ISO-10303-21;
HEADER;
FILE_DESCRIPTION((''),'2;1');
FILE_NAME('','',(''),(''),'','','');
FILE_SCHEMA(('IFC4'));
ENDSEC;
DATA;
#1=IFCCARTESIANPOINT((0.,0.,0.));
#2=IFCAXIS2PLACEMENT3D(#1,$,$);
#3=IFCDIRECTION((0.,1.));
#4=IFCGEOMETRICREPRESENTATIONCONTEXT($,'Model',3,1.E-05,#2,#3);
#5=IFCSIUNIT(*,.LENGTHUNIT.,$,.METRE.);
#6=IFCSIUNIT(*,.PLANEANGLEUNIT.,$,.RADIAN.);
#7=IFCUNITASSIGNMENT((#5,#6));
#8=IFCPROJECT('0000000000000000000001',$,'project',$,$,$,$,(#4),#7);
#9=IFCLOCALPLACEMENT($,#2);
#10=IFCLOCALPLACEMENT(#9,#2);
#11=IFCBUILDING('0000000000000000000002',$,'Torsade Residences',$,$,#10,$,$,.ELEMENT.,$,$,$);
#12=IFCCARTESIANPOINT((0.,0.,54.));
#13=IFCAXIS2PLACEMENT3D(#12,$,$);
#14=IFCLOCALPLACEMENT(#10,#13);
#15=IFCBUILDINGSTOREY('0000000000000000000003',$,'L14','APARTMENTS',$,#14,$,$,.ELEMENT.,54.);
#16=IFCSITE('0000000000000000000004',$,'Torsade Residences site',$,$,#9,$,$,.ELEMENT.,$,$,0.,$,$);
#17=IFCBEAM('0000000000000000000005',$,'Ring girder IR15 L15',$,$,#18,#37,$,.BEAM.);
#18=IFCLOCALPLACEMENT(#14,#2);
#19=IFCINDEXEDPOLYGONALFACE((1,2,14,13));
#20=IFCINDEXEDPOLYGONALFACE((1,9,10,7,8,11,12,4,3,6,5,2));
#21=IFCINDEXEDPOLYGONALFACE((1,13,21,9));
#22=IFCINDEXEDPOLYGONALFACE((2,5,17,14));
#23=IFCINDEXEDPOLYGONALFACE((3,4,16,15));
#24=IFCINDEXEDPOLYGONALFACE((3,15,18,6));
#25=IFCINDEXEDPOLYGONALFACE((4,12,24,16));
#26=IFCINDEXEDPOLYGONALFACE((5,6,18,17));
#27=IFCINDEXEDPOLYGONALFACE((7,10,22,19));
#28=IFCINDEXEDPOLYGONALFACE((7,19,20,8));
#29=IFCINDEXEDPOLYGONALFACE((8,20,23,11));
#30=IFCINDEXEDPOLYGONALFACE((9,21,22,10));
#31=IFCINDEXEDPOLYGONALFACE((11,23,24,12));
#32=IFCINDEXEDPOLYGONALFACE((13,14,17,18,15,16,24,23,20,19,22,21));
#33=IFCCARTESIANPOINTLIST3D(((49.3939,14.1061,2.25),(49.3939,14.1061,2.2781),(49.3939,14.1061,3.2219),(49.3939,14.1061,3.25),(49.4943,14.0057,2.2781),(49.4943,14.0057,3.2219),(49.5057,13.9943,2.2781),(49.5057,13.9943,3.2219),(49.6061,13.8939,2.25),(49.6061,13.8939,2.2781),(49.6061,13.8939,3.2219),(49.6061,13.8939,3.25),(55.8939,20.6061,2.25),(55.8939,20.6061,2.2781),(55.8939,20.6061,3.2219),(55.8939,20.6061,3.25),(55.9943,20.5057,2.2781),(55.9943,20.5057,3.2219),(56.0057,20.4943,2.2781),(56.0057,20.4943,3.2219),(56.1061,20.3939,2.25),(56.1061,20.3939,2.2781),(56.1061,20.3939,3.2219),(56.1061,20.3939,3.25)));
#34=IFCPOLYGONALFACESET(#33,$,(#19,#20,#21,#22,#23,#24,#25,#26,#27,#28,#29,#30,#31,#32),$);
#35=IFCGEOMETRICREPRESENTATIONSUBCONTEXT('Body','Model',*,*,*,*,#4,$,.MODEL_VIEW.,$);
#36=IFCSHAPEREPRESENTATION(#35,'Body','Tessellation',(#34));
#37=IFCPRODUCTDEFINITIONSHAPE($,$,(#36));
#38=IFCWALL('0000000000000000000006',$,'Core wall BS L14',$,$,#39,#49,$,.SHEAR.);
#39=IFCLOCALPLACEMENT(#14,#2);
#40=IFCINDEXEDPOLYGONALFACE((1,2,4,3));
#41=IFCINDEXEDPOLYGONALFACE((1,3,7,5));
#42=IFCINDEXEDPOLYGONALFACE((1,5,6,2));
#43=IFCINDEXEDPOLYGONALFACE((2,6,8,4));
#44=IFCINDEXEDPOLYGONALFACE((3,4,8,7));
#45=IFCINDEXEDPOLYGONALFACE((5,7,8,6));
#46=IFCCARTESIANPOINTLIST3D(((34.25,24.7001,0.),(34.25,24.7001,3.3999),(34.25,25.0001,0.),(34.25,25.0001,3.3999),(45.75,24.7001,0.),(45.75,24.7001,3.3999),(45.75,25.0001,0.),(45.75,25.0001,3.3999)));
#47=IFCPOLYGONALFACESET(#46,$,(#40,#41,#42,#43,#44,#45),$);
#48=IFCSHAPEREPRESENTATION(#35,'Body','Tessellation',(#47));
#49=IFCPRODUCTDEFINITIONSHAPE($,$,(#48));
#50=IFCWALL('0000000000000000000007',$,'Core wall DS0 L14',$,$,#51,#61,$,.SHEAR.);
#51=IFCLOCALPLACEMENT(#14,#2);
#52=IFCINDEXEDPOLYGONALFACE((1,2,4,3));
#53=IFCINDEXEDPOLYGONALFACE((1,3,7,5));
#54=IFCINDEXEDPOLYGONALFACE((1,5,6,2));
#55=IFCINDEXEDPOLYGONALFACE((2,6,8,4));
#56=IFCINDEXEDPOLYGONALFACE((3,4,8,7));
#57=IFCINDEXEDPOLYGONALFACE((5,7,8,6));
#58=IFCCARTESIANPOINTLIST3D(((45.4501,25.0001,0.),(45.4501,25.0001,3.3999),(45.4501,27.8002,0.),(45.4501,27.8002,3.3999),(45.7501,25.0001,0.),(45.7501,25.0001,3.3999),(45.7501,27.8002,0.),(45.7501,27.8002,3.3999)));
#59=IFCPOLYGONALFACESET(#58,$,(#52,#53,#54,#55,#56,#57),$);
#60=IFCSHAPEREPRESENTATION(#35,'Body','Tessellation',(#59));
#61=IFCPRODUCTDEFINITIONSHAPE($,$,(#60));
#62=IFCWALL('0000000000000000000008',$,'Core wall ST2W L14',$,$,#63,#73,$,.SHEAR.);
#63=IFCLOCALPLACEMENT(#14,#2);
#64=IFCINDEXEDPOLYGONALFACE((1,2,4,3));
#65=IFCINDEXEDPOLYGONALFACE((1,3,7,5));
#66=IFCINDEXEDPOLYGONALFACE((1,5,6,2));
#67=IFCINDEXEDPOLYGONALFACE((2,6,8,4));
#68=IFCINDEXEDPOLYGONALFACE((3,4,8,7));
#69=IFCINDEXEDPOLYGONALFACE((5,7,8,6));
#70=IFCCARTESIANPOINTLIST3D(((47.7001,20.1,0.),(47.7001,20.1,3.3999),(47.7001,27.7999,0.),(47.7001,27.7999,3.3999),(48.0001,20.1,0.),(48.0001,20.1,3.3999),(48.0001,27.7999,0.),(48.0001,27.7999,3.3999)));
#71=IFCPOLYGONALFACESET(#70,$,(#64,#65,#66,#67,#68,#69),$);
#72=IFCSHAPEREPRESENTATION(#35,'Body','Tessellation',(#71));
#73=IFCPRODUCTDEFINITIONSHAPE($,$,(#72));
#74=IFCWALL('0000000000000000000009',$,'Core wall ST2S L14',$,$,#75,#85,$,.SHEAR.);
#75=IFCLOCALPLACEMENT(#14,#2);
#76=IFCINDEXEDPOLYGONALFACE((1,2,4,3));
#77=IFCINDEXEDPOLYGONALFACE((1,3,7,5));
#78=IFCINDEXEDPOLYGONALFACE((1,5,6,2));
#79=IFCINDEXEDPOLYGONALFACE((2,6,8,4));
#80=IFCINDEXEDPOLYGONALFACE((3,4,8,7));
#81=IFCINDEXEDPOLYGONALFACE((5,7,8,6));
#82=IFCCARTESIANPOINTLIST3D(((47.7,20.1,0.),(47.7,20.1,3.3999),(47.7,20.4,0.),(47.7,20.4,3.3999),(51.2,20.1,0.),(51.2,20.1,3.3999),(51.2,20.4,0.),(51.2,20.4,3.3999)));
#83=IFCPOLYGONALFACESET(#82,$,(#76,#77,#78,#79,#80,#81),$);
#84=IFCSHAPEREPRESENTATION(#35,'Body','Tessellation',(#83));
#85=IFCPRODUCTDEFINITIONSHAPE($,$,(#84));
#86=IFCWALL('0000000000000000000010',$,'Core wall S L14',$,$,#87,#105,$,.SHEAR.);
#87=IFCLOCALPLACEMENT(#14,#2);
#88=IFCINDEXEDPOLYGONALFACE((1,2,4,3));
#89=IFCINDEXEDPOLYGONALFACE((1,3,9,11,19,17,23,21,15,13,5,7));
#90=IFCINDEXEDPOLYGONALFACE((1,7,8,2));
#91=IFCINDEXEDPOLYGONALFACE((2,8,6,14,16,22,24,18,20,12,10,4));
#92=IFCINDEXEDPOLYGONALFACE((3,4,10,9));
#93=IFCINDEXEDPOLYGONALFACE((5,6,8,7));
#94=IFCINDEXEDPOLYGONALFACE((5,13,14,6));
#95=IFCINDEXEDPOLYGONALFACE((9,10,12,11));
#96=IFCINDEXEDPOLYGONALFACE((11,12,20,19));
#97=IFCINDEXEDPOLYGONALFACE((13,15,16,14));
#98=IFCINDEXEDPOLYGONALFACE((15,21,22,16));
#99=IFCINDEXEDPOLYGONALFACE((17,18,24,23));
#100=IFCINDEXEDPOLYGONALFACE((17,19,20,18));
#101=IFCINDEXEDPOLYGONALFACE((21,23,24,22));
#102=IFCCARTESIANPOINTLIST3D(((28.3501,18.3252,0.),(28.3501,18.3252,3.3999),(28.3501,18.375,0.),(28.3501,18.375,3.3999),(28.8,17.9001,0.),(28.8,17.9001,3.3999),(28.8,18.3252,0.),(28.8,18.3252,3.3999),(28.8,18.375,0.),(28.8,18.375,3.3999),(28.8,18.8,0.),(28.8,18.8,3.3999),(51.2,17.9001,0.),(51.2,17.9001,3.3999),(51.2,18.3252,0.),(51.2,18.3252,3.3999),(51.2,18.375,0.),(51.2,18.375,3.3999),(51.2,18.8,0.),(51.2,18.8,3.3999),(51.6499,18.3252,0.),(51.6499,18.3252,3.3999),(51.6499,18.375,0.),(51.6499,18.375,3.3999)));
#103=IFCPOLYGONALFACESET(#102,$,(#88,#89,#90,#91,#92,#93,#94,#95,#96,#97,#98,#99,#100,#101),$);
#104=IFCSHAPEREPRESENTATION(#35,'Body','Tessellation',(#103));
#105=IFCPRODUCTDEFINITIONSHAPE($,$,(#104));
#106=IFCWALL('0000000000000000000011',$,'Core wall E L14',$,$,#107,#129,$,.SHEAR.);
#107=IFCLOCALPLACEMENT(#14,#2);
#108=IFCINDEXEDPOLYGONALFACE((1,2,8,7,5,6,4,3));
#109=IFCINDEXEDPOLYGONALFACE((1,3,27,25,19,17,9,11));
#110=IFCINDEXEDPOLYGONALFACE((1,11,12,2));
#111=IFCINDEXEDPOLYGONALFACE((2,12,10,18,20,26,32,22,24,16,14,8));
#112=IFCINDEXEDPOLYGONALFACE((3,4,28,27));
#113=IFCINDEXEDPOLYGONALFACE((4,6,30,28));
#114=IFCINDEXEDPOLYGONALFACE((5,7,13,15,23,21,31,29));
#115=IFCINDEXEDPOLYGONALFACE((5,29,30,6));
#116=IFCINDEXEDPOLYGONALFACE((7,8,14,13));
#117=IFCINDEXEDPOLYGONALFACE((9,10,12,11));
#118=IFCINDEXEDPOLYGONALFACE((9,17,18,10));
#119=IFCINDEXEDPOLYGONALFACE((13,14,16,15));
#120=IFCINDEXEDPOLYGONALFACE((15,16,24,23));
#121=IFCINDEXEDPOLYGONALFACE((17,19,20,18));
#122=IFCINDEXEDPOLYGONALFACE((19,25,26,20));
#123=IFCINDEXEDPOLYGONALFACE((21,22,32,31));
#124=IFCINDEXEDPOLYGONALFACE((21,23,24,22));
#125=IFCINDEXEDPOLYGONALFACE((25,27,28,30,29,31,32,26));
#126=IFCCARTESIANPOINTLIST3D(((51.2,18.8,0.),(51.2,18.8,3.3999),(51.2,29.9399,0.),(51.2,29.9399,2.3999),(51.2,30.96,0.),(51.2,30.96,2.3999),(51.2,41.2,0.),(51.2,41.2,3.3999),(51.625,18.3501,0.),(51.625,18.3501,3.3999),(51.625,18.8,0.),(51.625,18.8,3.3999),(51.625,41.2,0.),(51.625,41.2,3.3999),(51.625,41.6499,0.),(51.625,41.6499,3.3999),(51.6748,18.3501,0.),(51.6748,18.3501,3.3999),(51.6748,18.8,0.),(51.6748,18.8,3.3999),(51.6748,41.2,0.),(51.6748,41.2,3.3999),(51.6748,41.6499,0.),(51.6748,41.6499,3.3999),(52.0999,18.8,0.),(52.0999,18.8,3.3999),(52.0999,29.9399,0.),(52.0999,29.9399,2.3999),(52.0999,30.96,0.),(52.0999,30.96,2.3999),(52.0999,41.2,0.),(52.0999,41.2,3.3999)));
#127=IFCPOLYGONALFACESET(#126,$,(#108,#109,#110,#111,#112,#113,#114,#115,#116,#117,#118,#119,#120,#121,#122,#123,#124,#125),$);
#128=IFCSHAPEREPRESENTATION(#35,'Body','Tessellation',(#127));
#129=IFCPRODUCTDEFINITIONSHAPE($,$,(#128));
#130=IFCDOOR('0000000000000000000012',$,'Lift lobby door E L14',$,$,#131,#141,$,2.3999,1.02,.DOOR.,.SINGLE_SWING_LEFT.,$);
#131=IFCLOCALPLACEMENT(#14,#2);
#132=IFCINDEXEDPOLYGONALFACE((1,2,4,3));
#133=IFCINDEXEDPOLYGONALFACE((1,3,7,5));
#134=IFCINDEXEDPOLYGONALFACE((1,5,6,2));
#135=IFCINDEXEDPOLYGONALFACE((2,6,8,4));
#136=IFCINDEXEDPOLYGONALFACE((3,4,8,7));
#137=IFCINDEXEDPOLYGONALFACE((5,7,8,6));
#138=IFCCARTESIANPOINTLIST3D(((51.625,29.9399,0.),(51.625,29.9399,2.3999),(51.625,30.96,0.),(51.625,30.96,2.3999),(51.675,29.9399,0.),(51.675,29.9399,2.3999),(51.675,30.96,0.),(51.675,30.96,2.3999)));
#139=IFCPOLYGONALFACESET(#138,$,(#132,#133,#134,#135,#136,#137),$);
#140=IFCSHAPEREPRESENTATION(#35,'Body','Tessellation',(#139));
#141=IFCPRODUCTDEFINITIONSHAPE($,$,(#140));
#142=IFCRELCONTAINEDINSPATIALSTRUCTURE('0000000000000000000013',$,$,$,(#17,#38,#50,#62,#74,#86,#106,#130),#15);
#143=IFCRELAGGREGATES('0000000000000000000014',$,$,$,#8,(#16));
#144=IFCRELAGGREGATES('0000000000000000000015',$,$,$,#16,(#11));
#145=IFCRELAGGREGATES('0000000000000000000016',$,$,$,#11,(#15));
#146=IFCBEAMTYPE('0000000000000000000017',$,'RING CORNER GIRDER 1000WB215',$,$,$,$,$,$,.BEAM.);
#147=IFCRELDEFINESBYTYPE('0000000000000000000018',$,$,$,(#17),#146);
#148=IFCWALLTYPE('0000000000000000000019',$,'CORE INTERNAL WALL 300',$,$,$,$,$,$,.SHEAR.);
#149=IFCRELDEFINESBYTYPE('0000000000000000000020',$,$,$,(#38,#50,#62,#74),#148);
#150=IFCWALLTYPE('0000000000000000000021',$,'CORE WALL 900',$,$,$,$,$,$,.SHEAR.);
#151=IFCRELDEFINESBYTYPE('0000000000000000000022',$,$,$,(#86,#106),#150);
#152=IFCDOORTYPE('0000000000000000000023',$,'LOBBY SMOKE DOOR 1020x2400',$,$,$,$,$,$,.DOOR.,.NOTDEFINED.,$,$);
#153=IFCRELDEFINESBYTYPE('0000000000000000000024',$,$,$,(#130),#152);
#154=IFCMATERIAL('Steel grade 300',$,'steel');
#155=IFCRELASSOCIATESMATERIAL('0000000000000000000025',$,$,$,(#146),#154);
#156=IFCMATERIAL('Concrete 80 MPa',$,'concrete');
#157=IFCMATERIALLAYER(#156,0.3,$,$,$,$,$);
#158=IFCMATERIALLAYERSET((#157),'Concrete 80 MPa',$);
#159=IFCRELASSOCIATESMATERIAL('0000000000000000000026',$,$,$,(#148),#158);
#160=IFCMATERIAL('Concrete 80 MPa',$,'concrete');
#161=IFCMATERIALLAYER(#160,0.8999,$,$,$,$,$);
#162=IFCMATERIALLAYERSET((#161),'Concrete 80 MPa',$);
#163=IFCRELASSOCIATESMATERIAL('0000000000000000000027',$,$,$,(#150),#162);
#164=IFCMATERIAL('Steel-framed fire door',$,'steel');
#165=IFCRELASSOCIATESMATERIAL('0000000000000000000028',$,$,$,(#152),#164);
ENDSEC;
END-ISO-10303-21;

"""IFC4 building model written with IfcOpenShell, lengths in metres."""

from ifc_helpers import new_model, si_unit, direction, frame, frame_2d, origin, origin_2d, place, context, subcontext, project, spatial, polyline, rectangle, i_section, outline, extrude, material, layer, layer_set, material_profile, profile_set, type_object, element, fill, save


model = new_model("IFC4")

# Units and contexts
model_context = context("Model", 3, precision=1e-05, world=origin(), true_north=direction((0.0, 1.0)))
body_context = subcontext(model_context, "Body", "Model", "MODEL_VIEW")
ifc_project = project(units=[si_unit("LENGTHUNIT", "METRE"), si_unit("PLANEANGLEUNIT", "RADIAN")], contexts=[model_context])

# Site, building, storey
site_placement = place(None, origin())
site = spatial("IfcSite", under=ifc_project, at=site_placement, Name="Torsade Residences site", CompositionType="ELEMENT", RefElevation=0.0)
building_placement = place(site_placement, origin())
building = spatial("IfcBuilding", under=site, at=building_placement, Name="Torsade Residences", CompositionType="ELEMENT")
storey_placement = place(building_placement, frame((0.0, 0.0, 54.0)))
storey = spatial("IfcBuildingStorey", under=building, at=storey_placement, Name="L14", Description="APARTMENTS", CompositionType="ELEMENT", Elevation=54.0)

# Beam
ifc_material_1 = material(Name="Steel grade 300", Category="steel")
ifc_material_profile_1 = material_profile(ifc_material_1, i_section(OverallWidth=0.3, OverallDepth=1.0, WebThickness=0.0161, FlangeThickness=0.0281, at=origin_2d()), Name="1000WB215")
ifc_profile_set_1 = profile_set([ifc_material_profile_1], Name="Steel grade 300")
beam_type_1 = type_object("IfcBeamType", Name="RING CORNER GIRDER 1000WB215", PredefinedType="BEAM", material=ifc_profile_set_1)
beam_1_placement = place(storey_placement, frame((49.5, 14.0, 2.75), z_axis=(0.707107, 0.707107, 0.0), x_axis=(-0.707107, 0.707107, 0.0)))
element("IfcBeam", 1, at=beam_1_placement, inside=storey, type_object=beam_type_1, Name="Ring girder IR15 L15", PredefinedType="BEAM", context=body_context, shape_type="SweptSolid", body=[
    extrude(i_section(OverallWidth=0.3, OverallDepth=1.0, WebThickness=0.0161, FlangeThickness=0.0281, at=origin_2d()), origin(), (0.0, 0.0, 1.0), 9.1924),
])

# Walls
ifc_material_2 = material(Name="Concrete 80 MPa", Category="concrete")
ifc_layer_1 = layer(ifc_material_2, 0.3)
ifc_layer_set_1 = layer_set([ifc_layer_1], Name="Concrete 80 MPa")
wall_type_1 = type_object("IfcWallType", Name="CORE INTERNAL WALL 300", PredefinedType="SHEAR", material=ifc_layer_set_1)
wall_1_placement = place(storey_placement, frame((45.75, 24.8501, 0.0), z_axis=(0.0, 0.0, 1.0), x_axis=(-1.0, 0.0, 0.0)))
element("IfcWall", 2, at=wall_1_placement, inside=storey, type_object=wall_type_1, Name="Core wall BS L14", PredefinedType="SHEAR", context=body_context, shape_type="SweptSolid", body=[
    extrude(rectangle(XDim=11.5, YDim=0.3, at=frame_2d((5.75, 0.0))), origin(), (0.0, 0.0, 1.0), 3.3999),
])
wall_2_placement = place(storey_placement, frame((45.6001, 27.8, 0.0), z_axis=(0.0, 0.0, 1.0), x_axis=(0.0, -1.0, 0.0)))
element("IfcWall", 3, at=wall_2_placement, inside=storey, type_object=wall_type_1, Name="Core wall DS0 L14", PredefinedType="SHEAR", context=body_context, shape_type="SweptSolid", body=[
    extrude(rectangle(XDim=2.8, YDim=0.3, at=frame_2d((1.3999, 0.0))), origin(), (0.0, 0.0, 1.0), 3.3999),
])
wall_3_placement = place(storey_placement, frame((47.8501, 27.8, 0.0), z_axis=(0.0, 0.0, 1.0), x_axis=(0.0, -1.0, 0.0)))
element("IfcWall", 4, at=wall_3_placement, inside=storey, type_object=wall_type_1, Name="Core wall ST2W L14", PredefinedType="SHEAR", context=body_context, shape_type="SweptSolid", body=[
    extrude(rectangle(XDim=7.7, YDim=0.3, at=frame_2d((3.8501, 0.0))), origin(), (0.0, 0.0, 1.0), 3.3999),
])
wall_4_placement = place(storey_placement, frame((51.2, 20.25, 0.0), z_axis=(0.0, 0.0, 1.0), x_axis=(-1.0, 0.0, 0.0)))
element("IfcWall", 5, at=wall_4_placement, inside=storey, type_object=wall_type_1, Name="Core wall ST2S L14", PredefinedType="SHEAR", context=body_context, shape_type="SweptSolid", body=[
    extrude(rectangle(XDim=3.5, YDim=0.3, at=frame_2d((1.75, 0.0))), origin(), (0.0, 0.0, 1.0), 3.3999),
])
ifc_material_3 = material(Name="Concrete 80 MPa", Category="concrete")
ifc_layer_2 = layer(ifc_material_3, 0.8999)
ifc_layer_set_2 = layer_set([ifc_layer_2], Name="Concrete 80 MPa")
wall_type_2 = type_object("IfcWallType", Name="CORE WALL 900", PredefinedType="SHEAR", material=ifc_layer_set_2)
wall_5_placement = place(storey_placement, frame((51.2, 18.3501, 0.0), z_axis=(0.0, 0.0, 1.0), x_axis=(-1.0, 0.0, 0.0)))
element("IfcWall", 6, at=wall_5_placement, inside=storey, type_object=wall_type_2, Name="Core wall S L14", PredefinedType="SHEAR", context=body_context, shape_type="SweptSolid", body=[
    extrude(outline(polyline([(0.0, -0.45), (22.3999, -0.45), (22.3999, -0.0249), (22.8499, -0.0249), (22.8499, 0.0249), (22.3999, 0.0249), (22.3999, 0.45), (0.0, 0.45), (0.0, 0.0249), (-0.45, 0.0249), (-0.45, -0.0249), (0.0, -0.0249), (0.0, -0.45)])), origin(), (0.0, 0.0, 1.0), 3.3999),
])

# Wall, opening, door
wall_6_placement = place(storey_placement, frame((51.6499, 18.8, 0.0), z_axis=(0.0, 0.0, 1.0), x_axis=(0.0, 1.0, 0.0)))
wall_6 = element("IfcWall", 7, at=wall_6_placement, inside=storey, type_object=wall_type_2, Name="Core wall E L14", PredefinedType="SHEAR", context=body_context, shape_type="SweptSolid", body=[
    extrude(outline(polyline([(0.0, -0.45), (22.3999, -0.45), (22.3999, -0.0249), (22.8499, -0.0249), (22.8499, 0.0249), (22.3999, 0.0249), (22.3999, 0.45), (0.0, 0.45), (0.0, 0.0249), (-0.45, 0.0249), (-0.45, -0.0249), (0.0, -0.0249), (0.0, -0.45)])), origin(), (0.0, 0.0, 1.0), 3.3999),
])
opening_1_placement = place(wall_6_placement, frame((11.1399, 0.0, 0.0)))
opening_1 = element("IfcOpeningElement", 8, at=opening_1_placement, cuts=wall_6, PredefinedType="OPENING", context=body_context, shape_type="SweptSolid", body=[
    extrude(rectangle(XDim=1.02, YDim=2.3999, at=frame_2d((0.51, 1.2))), frame((0.0, 0.46, 0.0), z_axis=(0.0, -1.0, 0.0), x_axis=(1.0, 0.0, 0.0)), (0.0, 0.0, 1.0), 0.9199),
])
ifc_material_4 = material(Name="Steel-framed fire door", Category="steel")
door_type_1 = type_object("IfcDoorType", Name="LOBBY SMOKE DOOR 1020x2400", OperationType="NOTDEFINED", PredefinedType="DOOR", material=ifc_material_4)
door_1_placement = place(opening_1_placement, origin())
door_1 = element("IfcDoor", 9, at=door_1_placement, inside=storey, type_object=door_type_1, Name="Lift lobby door E L14", OperationType="SINGLE_SWING_LEFT", OverallHeight=2.3999, OverallWidth=1.02, PredefinedType="DOOR", context=body_context, shape_type="SweptSolid", body=[
    extrude(rectangle(XDim=1.02, YDim=2.3999, at=frame_2d((0.51, 1.2))), frame((0.0, 0.0249, 0.0), z_axis=(0.0, -1.0, 0.0), x_axis=(1.0, 0.0, 0.0)), (0.0, 0.0, 1.0), 0.05),
])
fill(opening_1, door_1)

save(model, "model.ifc")
